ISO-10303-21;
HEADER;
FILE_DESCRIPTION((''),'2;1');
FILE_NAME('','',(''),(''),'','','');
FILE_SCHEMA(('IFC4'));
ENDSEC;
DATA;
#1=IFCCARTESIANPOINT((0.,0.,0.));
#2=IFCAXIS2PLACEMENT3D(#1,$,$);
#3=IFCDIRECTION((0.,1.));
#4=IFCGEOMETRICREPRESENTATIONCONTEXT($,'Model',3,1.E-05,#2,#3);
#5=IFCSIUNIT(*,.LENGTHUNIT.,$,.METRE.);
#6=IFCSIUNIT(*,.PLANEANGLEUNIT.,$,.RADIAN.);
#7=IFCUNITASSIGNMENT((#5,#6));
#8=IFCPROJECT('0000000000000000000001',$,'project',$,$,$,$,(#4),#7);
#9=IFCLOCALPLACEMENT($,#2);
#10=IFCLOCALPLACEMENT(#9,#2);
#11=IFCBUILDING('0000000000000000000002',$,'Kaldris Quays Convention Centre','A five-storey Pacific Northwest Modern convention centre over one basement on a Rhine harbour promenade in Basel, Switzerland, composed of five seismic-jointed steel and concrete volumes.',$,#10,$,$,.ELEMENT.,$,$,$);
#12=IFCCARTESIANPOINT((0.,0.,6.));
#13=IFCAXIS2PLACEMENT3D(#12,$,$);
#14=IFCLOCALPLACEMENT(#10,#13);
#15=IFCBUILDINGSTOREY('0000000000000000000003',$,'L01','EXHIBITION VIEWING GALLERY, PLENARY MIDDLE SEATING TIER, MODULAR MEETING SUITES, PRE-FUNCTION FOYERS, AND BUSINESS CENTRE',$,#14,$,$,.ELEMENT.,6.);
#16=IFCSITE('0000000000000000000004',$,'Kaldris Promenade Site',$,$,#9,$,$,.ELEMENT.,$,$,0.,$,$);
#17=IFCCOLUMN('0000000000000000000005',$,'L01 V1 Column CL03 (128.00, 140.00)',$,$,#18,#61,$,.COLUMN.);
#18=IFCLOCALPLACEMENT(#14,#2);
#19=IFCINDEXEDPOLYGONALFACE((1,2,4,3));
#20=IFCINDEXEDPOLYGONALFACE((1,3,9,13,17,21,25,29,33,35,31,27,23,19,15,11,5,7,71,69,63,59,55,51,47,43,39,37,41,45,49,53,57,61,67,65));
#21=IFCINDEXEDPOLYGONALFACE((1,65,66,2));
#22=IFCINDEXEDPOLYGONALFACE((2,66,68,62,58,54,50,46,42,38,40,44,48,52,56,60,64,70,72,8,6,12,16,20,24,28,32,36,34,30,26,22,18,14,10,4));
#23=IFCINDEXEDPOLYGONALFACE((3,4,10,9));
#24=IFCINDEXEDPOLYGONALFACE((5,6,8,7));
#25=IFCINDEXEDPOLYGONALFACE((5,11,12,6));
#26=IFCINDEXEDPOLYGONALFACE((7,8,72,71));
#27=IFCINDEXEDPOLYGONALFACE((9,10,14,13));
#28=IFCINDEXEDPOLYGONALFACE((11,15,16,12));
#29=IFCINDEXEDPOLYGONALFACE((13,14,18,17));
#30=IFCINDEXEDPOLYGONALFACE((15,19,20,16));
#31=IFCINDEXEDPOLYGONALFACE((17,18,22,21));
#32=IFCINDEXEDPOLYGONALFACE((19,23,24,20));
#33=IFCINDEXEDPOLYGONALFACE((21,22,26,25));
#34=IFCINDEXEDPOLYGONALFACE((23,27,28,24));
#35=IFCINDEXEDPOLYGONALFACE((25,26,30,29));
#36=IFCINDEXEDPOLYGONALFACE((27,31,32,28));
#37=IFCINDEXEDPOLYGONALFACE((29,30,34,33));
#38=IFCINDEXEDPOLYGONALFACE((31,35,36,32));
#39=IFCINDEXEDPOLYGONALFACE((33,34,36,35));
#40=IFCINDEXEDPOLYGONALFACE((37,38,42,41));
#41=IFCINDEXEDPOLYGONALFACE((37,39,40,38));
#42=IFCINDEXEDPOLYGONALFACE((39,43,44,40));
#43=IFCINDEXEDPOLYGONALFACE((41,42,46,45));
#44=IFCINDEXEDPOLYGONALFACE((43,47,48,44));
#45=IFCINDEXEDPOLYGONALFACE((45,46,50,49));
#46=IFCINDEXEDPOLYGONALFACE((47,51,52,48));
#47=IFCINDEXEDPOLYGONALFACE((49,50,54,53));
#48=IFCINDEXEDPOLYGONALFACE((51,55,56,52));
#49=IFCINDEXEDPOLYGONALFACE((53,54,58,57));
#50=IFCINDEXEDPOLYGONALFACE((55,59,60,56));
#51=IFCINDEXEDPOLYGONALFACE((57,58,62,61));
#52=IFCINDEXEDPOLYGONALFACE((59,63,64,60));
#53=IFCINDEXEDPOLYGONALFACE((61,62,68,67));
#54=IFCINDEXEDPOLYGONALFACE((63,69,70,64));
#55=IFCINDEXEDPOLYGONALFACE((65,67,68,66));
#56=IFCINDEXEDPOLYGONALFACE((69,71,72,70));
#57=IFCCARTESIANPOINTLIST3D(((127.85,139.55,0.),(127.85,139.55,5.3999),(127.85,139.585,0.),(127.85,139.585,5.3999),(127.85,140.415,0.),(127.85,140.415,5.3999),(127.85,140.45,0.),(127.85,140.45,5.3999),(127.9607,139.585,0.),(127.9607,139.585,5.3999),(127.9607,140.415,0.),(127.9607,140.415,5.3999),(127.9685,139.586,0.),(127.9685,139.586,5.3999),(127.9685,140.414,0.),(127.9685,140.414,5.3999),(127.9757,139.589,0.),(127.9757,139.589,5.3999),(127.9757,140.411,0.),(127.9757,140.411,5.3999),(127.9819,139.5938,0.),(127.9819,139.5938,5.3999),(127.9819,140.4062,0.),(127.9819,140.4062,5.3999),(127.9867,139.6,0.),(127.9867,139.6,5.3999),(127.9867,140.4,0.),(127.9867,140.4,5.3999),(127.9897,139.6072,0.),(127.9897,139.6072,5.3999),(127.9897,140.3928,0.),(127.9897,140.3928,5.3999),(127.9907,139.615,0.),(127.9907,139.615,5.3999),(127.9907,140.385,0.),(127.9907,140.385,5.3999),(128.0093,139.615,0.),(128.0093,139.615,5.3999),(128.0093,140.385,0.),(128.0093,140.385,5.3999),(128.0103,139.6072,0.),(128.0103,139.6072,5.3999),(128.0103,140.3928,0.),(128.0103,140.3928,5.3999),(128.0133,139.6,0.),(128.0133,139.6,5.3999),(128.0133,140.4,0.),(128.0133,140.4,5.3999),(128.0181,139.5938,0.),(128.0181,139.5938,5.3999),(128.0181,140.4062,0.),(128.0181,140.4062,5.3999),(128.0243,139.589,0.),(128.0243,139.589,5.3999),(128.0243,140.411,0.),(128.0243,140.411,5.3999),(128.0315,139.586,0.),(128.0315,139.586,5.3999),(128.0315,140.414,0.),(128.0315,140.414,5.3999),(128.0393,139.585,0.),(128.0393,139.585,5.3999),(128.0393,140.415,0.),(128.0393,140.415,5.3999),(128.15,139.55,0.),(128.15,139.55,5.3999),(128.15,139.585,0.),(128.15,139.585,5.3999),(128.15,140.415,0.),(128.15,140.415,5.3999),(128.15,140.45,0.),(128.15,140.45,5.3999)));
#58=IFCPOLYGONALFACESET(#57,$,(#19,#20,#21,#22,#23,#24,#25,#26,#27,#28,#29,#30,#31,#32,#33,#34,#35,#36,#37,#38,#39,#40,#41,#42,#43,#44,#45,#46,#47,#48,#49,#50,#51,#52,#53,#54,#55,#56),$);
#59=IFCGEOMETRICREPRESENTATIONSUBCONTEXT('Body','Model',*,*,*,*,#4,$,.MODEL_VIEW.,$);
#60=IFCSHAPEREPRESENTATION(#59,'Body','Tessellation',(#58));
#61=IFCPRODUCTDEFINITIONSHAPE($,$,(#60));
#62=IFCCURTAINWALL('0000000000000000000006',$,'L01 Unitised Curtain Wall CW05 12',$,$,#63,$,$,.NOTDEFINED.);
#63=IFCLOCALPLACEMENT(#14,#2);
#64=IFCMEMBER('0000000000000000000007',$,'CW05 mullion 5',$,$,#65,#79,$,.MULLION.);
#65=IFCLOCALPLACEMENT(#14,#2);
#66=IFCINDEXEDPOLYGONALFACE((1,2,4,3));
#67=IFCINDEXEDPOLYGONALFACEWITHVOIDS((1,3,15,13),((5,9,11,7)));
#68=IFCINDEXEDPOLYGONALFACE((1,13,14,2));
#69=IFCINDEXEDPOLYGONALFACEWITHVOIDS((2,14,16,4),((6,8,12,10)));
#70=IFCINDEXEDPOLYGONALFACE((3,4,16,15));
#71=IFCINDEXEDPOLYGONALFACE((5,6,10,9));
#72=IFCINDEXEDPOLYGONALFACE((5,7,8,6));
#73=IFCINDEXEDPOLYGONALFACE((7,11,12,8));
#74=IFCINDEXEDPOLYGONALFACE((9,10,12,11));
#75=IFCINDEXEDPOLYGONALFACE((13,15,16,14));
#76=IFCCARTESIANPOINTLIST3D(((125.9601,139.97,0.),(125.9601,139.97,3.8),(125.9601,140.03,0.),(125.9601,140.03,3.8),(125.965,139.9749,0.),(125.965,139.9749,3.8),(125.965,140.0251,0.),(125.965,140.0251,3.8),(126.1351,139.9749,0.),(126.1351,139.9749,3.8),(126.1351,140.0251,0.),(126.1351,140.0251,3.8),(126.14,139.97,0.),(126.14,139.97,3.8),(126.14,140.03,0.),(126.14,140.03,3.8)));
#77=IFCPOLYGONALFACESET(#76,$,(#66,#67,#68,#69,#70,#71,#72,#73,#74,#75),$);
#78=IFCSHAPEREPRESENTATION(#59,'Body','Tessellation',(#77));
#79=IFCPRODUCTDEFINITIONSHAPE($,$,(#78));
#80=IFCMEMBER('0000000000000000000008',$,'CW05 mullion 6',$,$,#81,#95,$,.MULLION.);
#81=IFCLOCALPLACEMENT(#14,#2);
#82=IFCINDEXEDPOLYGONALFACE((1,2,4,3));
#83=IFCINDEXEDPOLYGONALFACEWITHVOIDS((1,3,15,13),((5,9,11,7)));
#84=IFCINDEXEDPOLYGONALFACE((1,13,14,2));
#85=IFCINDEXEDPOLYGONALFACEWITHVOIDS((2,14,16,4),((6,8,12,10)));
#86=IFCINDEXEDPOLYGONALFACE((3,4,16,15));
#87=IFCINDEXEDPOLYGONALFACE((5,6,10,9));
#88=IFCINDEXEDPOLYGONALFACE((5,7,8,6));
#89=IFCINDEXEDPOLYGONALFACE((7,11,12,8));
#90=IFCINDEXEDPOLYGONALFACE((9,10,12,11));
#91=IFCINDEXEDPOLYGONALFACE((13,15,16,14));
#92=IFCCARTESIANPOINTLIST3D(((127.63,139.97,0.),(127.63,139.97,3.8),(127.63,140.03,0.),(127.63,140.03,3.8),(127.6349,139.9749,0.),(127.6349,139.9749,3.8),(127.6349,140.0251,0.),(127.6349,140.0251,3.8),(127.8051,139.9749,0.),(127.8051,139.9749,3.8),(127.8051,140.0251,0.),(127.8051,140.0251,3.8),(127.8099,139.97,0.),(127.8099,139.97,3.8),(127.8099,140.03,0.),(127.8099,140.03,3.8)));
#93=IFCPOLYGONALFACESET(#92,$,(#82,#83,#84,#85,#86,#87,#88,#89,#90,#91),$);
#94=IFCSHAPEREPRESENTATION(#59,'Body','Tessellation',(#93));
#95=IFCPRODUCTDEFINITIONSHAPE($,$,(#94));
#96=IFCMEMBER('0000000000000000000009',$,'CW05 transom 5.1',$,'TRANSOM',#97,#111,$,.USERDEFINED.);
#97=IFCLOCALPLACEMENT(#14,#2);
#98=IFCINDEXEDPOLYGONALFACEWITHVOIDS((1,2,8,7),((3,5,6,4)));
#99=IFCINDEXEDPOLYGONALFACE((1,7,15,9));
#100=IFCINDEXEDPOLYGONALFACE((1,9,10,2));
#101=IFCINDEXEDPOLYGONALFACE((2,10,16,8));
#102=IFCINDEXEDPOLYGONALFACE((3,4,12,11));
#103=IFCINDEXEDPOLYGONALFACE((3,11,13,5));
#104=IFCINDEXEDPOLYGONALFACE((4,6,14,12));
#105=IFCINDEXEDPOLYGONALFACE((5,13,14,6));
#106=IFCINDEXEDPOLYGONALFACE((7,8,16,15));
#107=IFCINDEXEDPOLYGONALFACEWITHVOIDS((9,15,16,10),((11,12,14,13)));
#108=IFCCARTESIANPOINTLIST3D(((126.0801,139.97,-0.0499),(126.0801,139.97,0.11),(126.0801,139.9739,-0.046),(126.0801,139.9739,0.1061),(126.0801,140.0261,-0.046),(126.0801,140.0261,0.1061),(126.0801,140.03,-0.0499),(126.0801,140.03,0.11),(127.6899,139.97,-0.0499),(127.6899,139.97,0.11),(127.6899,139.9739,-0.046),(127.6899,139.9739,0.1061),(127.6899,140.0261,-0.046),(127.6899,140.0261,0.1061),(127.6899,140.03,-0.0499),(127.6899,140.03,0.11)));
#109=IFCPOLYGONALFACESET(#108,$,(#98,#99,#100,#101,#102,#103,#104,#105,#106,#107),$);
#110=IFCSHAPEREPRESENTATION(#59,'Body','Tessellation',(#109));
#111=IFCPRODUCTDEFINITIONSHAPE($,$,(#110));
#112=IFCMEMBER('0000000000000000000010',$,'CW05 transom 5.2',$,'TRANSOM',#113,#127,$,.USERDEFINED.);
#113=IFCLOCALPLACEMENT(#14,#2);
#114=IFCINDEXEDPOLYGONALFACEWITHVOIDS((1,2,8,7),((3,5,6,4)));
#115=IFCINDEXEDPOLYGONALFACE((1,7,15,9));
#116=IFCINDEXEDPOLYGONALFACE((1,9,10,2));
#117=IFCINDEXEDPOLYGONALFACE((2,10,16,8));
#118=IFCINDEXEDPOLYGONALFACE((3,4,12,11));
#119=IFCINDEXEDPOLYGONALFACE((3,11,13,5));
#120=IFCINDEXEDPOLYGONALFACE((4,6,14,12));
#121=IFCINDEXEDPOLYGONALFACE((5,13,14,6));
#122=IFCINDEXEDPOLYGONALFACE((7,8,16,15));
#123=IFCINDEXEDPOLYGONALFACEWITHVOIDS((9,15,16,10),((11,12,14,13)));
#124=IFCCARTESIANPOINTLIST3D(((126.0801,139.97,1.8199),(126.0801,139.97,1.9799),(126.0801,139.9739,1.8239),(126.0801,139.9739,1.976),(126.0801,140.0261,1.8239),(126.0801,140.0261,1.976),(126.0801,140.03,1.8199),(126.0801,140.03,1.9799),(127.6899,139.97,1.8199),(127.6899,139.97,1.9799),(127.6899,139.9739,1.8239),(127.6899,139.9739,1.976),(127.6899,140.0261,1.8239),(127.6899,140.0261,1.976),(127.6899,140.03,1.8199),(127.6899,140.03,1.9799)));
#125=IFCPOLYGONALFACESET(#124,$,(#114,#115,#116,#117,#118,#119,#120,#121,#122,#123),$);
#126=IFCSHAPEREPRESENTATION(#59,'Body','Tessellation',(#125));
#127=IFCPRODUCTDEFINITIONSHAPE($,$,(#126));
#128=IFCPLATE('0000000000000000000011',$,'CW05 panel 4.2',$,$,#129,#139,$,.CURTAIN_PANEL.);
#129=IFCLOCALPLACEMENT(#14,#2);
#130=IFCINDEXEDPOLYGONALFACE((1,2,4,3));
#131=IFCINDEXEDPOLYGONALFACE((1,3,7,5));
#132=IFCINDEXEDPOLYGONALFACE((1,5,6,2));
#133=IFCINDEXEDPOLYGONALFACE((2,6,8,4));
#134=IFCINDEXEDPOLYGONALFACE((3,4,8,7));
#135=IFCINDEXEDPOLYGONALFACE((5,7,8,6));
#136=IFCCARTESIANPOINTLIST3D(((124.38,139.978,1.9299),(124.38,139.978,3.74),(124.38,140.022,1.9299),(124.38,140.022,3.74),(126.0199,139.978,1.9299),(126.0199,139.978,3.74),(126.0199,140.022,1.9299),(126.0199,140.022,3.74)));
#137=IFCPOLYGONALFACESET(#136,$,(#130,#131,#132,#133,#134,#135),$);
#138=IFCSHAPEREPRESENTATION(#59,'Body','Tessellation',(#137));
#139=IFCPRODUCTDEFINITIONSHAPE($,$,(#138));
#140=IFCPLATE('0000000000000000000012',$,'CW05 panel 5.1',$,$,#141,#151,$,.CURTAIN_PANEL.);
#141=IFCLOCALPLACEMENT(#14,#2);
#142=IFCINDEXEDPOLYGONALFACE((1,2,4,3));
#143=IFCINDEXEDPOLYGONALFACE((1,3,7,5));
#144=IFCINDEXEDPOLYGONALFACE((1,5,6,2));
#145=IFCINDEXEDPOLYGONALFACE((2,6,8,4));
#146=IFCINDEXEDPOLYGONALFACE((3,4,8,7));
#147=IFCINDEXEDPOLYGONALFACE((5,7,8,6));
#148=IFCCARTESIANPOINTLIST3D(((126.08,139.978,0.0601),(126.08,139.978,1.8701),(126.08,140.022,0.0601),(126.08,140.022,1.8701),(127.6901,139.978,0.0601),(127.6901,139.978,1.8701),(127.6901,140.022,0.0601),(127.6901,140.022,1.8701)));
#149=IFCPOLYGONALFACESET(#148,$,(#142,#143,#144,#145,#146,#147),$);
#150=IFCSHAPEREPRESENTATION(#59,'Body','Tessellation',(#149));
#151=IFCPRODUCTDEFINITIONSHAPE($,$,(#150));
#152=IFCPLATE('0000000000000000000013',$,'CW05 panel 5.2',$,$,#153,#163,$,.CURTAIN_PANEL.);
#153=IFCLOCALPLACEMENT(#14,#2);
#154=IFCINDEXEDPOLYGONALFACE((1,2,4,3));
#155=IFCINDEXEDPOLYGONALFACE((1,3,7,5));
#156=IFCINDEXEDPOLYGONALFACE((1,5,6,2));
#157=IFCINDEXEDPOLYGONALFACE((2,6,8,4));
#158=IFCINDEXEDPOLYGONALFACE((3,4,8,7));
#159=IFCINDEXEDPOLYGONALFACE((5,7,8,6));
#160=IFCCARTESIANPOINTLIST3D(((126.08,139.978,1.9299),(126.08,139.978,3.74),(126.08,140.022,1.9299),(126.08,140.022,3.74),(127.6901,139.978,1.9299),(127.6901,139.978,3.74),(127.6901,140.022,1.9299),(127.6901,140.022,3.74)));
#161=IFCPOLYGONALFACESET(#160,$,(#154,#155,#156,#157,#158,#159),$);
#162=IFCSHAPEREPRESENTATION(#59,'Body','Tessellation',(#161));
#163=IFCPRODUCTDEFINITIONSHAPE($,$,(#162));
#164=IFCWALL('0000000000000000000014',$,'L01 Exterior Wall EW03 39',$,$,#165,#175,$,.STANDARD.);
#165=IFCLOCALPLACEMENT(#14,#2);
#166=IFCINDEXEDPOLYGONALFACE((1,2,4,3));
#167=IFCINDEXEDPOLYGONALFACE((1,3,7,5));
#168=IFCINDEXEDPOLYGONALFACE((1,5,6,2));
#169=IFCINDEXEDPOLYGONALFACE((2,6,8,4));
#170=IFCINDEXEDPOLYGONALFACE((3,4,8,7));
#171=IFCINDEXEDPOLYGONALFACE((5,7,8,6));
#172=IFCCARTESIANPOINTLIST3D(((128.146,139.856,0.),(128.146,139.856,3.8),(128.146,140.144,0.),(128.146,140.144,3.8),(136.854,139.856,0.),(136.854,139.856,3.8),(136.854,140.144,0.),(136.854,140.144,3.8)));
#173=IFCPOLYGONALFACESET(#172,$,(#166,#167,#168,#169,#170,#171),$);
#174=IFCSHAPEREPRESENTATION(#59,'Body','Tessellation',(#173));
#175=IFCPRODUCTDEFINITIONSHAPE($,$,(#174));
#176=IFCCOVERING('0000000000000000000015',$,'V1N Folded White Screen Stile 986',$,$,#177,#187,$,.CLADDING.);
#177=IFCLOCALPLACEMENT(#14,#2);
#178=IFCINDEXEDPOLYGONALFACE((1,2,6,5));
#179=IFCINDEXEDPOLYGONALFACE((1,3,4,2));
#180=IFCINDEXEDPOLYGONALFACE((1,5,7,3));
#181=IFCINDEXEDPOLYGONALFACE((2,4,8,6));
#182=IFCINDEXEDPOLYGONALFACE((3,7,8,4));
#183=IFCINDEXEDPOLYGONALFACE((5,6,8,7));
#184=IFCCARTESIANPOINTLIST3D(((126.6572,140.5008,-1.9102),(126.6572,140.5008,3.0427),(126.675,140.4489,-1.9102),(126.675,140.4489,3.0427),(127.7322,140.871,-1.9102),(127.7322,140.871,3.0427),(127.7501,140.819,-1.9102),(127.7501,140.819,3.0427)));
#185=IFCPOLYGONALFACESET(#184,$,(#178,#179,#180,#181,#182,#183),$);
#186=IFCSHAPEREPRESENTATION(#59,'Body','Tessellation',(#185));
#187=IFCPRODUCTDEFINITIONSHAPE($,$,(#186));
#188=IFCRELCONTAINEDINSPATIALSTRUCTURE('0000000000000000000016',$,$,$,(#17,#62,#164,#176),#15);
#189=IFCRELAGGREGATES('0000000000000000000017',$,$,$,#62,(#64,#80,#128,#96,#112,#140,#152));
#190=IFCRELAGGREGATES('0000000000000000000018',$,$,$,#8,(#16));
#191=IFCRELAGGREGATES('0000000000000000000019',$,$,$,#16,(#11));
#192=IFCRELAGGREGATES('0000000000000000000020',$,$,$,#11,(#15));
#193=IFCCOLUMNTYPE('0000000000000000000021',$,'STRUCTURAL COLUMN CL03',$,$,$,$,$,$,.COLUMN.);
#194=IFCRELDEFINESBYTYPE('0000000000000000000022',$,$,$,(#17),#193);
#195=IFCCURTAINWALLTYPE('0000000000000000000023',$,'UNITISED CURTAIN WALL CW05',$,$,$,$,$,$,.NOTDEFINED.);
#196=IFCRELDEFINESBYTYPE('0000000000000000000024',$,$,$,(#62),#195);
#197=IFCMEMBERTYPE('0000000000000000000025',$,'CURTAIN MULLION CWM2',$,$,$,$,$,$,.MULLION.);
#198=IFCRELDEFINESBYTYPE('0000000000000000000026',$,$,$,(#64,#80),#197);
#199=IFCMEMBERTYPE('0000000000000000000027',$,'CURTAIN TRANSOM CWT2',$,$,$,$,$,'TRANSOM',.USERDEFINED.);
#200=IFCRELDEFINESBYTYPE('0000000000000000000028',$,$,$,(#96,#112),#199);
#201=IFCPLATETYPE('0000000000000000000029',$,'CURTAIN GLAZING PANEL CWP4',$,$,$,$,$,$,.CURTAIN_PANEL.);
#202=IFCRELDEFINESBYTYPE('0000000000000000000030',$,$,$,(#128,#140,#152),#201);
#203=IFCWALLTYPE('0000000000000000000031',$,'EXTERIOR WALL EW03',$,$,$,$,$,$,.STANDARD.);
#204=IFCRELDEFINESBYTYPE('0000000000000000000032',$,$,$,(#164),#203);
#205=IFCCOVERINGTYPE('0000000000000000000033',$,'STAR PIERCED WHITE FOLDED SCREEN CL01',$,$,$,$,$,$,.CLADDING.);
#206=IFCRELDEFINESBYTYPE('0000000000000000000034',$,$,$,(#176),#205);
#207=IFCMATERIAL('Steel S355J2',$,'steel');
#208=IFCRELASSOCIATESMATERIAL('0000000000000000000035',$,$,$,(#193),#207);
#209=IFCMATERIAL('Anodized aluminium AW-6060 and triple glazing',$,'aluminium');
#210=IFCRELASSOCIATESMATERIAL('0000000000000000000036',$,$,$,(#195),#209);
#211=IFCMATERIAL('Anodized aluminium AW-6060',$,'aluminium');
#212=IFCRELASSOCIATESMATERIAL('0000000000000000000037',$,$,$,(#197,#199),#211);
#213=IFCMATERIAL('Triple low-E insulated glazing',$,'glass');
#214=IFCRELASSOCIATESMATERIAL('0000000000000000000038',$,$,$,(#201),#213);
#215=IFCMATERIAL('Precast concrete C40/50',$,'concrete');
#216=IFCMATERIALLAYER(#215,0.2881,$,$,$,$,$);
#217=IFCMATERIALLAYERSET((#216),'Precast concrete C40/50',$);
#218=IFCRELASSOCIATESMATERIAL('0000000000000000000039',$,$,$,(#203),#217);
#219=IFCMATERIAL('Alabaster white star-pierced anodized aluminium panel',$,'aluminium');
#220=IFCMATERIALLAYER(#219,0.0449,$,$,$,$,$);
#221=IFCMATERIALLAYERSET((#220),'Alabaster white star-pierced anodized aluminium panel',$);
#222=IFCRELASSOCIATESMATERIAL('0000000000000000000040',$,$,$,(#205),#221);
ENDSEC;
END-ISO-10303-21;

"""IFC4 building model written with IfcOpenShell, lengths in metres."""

from ifc_helpers import new_model, si_unit, direction, frame, frame_2d, origin, origin_2d, place, context, subcontext, project, spatial, rectangle, hollow_rectangle, i_section, extrude, material, layer, layer_set, material_profile, profile_set, type_object, element, aggregate, save


model = new_model("IFC4")

# Units and contexts
model_context = context("Model", 3, precision=1e-05, world=origin(), true_north=direction((0.0, 1.0)))
body_context = subcontext(model_context, "Body", "Model", "MODEL_VIEW")
ifc_project = project(units=[si_unit("LENGTHUNIT", "METRE"), si_unit("PLANEANGLEUNIT", "RADIAN")], contexts=[model_context])

# Site, building, storey
site_placement = place(None, origin())
site = spatial("IfcSite", under=ifc_project, at=site_placement, Name="Kaldris Promenade Site", CompositionType="ELEMENT", RefElevation=0.0)
building_placement = place(site_placement, origin())
building = spatial("IfcBuilding", under=site, at=building_placement, Name="Kaldris Quays Convention Centre", Description="A five-storey Pacific Northwest Modern convention centre over one basement on a Rhine harbour promenade in Basel, Switzerland, composed of five seismic-jointed steel and concrete volumes.", CompositionType="ELEMENT")
storey_placement = place(building_placement, frame((0.0, 0.0, 6.0)))
storey = spatial("IfcBuildingStorey", under=building, at=storey_placement, Name="L01", Description="EXHIBITION VIEWING GALLERY, PLENARY MIDDLE SEATING TIER, MODULAR MEETING SUITES, PRE-FUNCTION FOYERS, AND BUSINESS CENTRE", CompositionType="ELEMENT", Elevation=6.0)

# Column
ifc_material_1 = material(Name="Steel S355J2", Category="steel")
ifc_material_profile_1 = material_profile(ifc_material_1, i_section(OverallWidth=0.3, OverallDepth=0.8999, WebThickness=0.0186, FlangeThickness=0.0349, FilletRadius=0.03, at=origin_2d()), Name="HEB 900")
ifc_profile_set_1 = profile_set([ifc_material_profile_1], Name="Steel S355J2")
column_type = type_object("IfcColumnType", Name="STRUCTURAL COLUMN CL03", PredefinedType="COLUMN", material=ifc_profile_set_1)
column_placement = place(storey_placement, frame((128.0, 140.0, 0.0), z_axis=(0.0, 0.0, 1.0), x_axis=(1.0, 0.0, 0.0)))
element("IfcColumn", 1, at=column_placement, inside=storey, type_object=column_type, Name="L01 V1 Column CL03 (128.00, 140.00)", PredefinedType="COLUMN", context=body_context, shape_type="SweptSolid", body=[
    extrude(i_section(OverallWidth=0.3, OverallDepth=0.8999, WebThickness=0.0186, FlangeThickness=0.0349, FilletRadius=0.03, at=origin_2d()), origin(), (0.0, 0.0, 1.0), 5.3999),
])

# Curtain wall, members, plates
ifc_material_2 = material(Name="Anodized aluminium AW-6060 and triple glazing", Category="aluminium")
curtain_wall_type = type_object("IfcCurtainWallType", Name="UNITISED CURTAIN WALL CW05", PredefinedType="NOTDEFINED", material=ifc_material_2)
curtain_wall_placement = place(storey_placement, origin())
curtain_wall = element("IfcCurtainWall", 2, at=curtain_wall_placement, inside=storey, type_object=curtain_wall_type, Name="L01 Unitised Curtain Wall CW05 12", PredefinedType="NOTDEFINED")
ifc_material_3 = material(Name="Anodized aluminium AW-6060", Category="aluminium")
ifc_material_profile_2 = material_profile(ifc_material_3, hollow_rectangle(XDim=0.0601, YDim=0.1799, WallThickness=0.0049, at=origin_2d()), Name="RHS 180x60x5")
ifc_profile_set_2 = profile_set([ifc_material_profile_2], Name="Anodized aluminium AW-6060")
member_type_1 = type_object("IfcMemberType", Name="CURTAIN MULLION CWM2", PredefinedType="MULLION", material=ifc_profile_set_2)
member_1_placement = place(storey_placement, frame((126.05, 140.0, 0.0), z_axis=(0.0, 0.0, 1.0), x_axis=(0.0, 1.0, 0.0)))
member_1 = element("IfcMember", 3, at=member_1_placement, type_object=member_type_1, Name="CW05 mullion 5", PredefinedType="MULLION", context=body_context, shape_type="SweptSolid", body=[
    extrude(hollow_rectangle(XDim=0.0601, YDim=0.1799, WallThickness=0.0049, at=origin_2d()), origin(), (0.0, 0.0, 1.0), 3.8),
])
member_2_placement = place(storey_placement, frame((127.72, 140.0, 0.0), z_axis=(0.0, 0.0, 1.0), x_axis=(0.0, 1.0, 0.0)))
member_2 = element("IfcMember", 4, at=member_2_placement, type_object=member_type_1, Name="CW05 mullion 6", PredefinedType="MULLION", context=body_context, shape_type="SweptSolid", body=[
    extrude(hollow_rectangle(XDim=0.0601, YDim=0.1799, WallThickness=0.0049, at=origin_2d()), origin(), (0.0, 0.0, 1.0), 3.8),
])
ifc_material_profile_3 = material_profile(ifc_material_3, hollow_rectangle(XDim=0.0601, YDim=0.1599, WallThickness=0.0039, at=origin_2d()), Name="RHS 160x60x4")
ifc_profile_set_3 = profile_set([ifc_material_profile_3], Name="Anodized aluminium AW-6060")
member_type_2 = type_object("IfcMemberType", Name="CURTAIN TRANSOM CWT2", ElementType="TRANSOM", PredefinedType="USERDEFINED", material=ifc_profile_set_3)
member_3_placement = place(storey_placement, frame((126.0801, 140.0, 0.03), z_axis=(1.0, 0.0, 0.0), x_axis=(0.0, 1.0, 0.0)))
member_3 = element("IfcMember", 5, at=member_3_placement, type_object=member_type_2, Name="CW05 transom 5.1", ObjectType="TRANSOM", PredefinedType="USERDEFINED", context=body_context, shape_type="SweptSolid", body=[
    extrude(hollow_rectangle(XDim=0.0601, YDim=0.1599, WallThickness=0.0039, at=origin_2d()), origin(), (0.0, 0.0, 1.0), 1.6099),
])
member_4_placement = place(storey_placement, frame((126.0801, 140.0, 1.8999), z_axis=(1.0, 0.0, 0.0), x_axis=(0.0, 1.0, 0.0)))
member_4 = element("IfcMember", 6, at=member_4_placement, type_object=member_type_2, Name="CW05 transom 5.2", ObjectType="TRANSOM", PredefinedType="USERDEFINED", context=body_context, shape_type="SweptSolid", body=[
    extrude(hollow_rectangle(XDim=0.0601, YDim=0.1599, WallThickness=0.0039, at=origin_2d()), origin(), (0.0, 0.0, 1.0), 1.6099),
])
ifc_material_4 = material(Name="Triple low-E insulated glazing", Category="glass")
plate_type = type_object("IfcPlateType", Name="CURTAIN GLAZING PANEL CWP4", PredefinedType="CURTAIN_PANEL", material=ifc_material_4)
plate_1_placement = place(storey_placement, frame((125.2, 140.0, 1.9299), z_axis=(0.0, 0.0, 1.0), x_axis=(1.0, 0.0, 0.0)))
plate_1 = element("IfcPlate", 7, at=plate_1_placement, type_object=plate_type, Name="CW05 panel 4.2", PredefinedType="CURTAIN_PANEL", context=body_context, shape_type="SweptSolid", body=[
    extrude(rectangle(XDim=1.6399, YDim=0.0439, at=origin_2d()), origin(), (0.0, 0.0, 1.0), 1.8101),
])
plate_2_placement = place(storey_placement, frame((126.885, 140.0, 0.0601), z_axis=(0.0, 0.0, 1.0), x_axis=(1.0, 0.0, 0.0)))
plate_2 = element("IfcPlate", 8, at=plate_2_placement, type_object=plate_type, Name="CW05 panel 5.1", PredefinedType="CURTAIN_PANEL", context=body_context, shape_type="SweptSolid", body=[
    extrude(rectangle(XDim=1.6101, YDim=0.0439, at=origin_2d()), origin(), (0.0, 0.0, 1.0), 1.8101),
])
plate_3_placement = place(storey_placement, frame((126.885, 140.0, 1.9299), z_axis=(0.0, 0.0, 1.0), x_axis=(1.0, 0.0, 0.0)))
plate_3 = element("IfcPlate", 9, at=plate_3_placement, type_object=plate_type, Name="CW05 panel 5.2", PredefinedType="CURTAIN_PANEL", context=body_context, shape_type="SweptSolid", body=[
    extrude(rectangle(XDim=1.6101, YDim=0.0439, at=origin_2d()), origin(), (0.0, 0.0, 1.0), 1.8101),
])
aggregate(curtain_wall, [member_1, member_2, plate_1, member_3, member_4, plate_2, plate_3])

# Wall
ifc_material_5 = material(Name="Precast concrete C40/50", Category="concrete")
ifc_layer_1 = layer(ifc_material_5, 0.2881)
ifc_layer_set_1 = layer_set([ifc_layer_1], Name="Precast concrete C40/50")
wall_type = type_object("IfcWallType", Name="EXTERIOR WALL EW03", PredefinedType="STANDARD", material=ifc_layer_set_1)
wall_placement = place(storey_placement, frame((128.146, 140.0, 0.0), z_axis=(0.0, 0.0, 1.0), x_axis=(1.0, 0.0, 0.0)))
element("IfcWall", 10, at=wall_placement, inside=storey, type_object=wall_type, Name="L01 Exterior Wall EW03 39", PredefinedType="STANDARD", context=body_context, shape_type="SweptSolid", body=[
    extrude(rectangle(XDim=8.708, YDim=0.2881, at=frame_2d((4.354, 0.0))), origin(), (0.0, 0.0, 1.0), 3.8),
])

# Covering
ifc_material_6 = material(Name="Alabaster white star-pierced anodized aluminium panel", Category="aluminium")
ifc_layer_2 = layer(ifc_material_6, 0.0449)
ifc_layer_set_2 = layer_set([ifc_layer_2], Name="Alabaster white star-pierced anodized aluminium panel")
covering_type = type_object("IfcCoveringType", Name="STAR PIERCED WHITE FOLDED SCREEN CL01", PredefinedType="CLADDING", material=ifc_layer_set_2)
covering_1_placement = place(storey_placement, frame((127.2036, 140.6599, -1.9102), z_axis=(0.0, 0.0, 1.0), x_axis=(0.945519, 0.325568, 0.0)))
element("IfcCovering", 11, at=covering_1_placement, inside=storey, type_object=covering_type, Name="V1N Folded White Screen Stile 986", PredefinedType="CLADDING", context=body_context, shape_type="SweptSolid", body=[
    extrude(rectangle(XDim=1.137, YDim=0.0549, at=origin_2d()), origin(), (0.0, 0.0, 1.0), 4.9529),
])

save(model, "model.ifc")
